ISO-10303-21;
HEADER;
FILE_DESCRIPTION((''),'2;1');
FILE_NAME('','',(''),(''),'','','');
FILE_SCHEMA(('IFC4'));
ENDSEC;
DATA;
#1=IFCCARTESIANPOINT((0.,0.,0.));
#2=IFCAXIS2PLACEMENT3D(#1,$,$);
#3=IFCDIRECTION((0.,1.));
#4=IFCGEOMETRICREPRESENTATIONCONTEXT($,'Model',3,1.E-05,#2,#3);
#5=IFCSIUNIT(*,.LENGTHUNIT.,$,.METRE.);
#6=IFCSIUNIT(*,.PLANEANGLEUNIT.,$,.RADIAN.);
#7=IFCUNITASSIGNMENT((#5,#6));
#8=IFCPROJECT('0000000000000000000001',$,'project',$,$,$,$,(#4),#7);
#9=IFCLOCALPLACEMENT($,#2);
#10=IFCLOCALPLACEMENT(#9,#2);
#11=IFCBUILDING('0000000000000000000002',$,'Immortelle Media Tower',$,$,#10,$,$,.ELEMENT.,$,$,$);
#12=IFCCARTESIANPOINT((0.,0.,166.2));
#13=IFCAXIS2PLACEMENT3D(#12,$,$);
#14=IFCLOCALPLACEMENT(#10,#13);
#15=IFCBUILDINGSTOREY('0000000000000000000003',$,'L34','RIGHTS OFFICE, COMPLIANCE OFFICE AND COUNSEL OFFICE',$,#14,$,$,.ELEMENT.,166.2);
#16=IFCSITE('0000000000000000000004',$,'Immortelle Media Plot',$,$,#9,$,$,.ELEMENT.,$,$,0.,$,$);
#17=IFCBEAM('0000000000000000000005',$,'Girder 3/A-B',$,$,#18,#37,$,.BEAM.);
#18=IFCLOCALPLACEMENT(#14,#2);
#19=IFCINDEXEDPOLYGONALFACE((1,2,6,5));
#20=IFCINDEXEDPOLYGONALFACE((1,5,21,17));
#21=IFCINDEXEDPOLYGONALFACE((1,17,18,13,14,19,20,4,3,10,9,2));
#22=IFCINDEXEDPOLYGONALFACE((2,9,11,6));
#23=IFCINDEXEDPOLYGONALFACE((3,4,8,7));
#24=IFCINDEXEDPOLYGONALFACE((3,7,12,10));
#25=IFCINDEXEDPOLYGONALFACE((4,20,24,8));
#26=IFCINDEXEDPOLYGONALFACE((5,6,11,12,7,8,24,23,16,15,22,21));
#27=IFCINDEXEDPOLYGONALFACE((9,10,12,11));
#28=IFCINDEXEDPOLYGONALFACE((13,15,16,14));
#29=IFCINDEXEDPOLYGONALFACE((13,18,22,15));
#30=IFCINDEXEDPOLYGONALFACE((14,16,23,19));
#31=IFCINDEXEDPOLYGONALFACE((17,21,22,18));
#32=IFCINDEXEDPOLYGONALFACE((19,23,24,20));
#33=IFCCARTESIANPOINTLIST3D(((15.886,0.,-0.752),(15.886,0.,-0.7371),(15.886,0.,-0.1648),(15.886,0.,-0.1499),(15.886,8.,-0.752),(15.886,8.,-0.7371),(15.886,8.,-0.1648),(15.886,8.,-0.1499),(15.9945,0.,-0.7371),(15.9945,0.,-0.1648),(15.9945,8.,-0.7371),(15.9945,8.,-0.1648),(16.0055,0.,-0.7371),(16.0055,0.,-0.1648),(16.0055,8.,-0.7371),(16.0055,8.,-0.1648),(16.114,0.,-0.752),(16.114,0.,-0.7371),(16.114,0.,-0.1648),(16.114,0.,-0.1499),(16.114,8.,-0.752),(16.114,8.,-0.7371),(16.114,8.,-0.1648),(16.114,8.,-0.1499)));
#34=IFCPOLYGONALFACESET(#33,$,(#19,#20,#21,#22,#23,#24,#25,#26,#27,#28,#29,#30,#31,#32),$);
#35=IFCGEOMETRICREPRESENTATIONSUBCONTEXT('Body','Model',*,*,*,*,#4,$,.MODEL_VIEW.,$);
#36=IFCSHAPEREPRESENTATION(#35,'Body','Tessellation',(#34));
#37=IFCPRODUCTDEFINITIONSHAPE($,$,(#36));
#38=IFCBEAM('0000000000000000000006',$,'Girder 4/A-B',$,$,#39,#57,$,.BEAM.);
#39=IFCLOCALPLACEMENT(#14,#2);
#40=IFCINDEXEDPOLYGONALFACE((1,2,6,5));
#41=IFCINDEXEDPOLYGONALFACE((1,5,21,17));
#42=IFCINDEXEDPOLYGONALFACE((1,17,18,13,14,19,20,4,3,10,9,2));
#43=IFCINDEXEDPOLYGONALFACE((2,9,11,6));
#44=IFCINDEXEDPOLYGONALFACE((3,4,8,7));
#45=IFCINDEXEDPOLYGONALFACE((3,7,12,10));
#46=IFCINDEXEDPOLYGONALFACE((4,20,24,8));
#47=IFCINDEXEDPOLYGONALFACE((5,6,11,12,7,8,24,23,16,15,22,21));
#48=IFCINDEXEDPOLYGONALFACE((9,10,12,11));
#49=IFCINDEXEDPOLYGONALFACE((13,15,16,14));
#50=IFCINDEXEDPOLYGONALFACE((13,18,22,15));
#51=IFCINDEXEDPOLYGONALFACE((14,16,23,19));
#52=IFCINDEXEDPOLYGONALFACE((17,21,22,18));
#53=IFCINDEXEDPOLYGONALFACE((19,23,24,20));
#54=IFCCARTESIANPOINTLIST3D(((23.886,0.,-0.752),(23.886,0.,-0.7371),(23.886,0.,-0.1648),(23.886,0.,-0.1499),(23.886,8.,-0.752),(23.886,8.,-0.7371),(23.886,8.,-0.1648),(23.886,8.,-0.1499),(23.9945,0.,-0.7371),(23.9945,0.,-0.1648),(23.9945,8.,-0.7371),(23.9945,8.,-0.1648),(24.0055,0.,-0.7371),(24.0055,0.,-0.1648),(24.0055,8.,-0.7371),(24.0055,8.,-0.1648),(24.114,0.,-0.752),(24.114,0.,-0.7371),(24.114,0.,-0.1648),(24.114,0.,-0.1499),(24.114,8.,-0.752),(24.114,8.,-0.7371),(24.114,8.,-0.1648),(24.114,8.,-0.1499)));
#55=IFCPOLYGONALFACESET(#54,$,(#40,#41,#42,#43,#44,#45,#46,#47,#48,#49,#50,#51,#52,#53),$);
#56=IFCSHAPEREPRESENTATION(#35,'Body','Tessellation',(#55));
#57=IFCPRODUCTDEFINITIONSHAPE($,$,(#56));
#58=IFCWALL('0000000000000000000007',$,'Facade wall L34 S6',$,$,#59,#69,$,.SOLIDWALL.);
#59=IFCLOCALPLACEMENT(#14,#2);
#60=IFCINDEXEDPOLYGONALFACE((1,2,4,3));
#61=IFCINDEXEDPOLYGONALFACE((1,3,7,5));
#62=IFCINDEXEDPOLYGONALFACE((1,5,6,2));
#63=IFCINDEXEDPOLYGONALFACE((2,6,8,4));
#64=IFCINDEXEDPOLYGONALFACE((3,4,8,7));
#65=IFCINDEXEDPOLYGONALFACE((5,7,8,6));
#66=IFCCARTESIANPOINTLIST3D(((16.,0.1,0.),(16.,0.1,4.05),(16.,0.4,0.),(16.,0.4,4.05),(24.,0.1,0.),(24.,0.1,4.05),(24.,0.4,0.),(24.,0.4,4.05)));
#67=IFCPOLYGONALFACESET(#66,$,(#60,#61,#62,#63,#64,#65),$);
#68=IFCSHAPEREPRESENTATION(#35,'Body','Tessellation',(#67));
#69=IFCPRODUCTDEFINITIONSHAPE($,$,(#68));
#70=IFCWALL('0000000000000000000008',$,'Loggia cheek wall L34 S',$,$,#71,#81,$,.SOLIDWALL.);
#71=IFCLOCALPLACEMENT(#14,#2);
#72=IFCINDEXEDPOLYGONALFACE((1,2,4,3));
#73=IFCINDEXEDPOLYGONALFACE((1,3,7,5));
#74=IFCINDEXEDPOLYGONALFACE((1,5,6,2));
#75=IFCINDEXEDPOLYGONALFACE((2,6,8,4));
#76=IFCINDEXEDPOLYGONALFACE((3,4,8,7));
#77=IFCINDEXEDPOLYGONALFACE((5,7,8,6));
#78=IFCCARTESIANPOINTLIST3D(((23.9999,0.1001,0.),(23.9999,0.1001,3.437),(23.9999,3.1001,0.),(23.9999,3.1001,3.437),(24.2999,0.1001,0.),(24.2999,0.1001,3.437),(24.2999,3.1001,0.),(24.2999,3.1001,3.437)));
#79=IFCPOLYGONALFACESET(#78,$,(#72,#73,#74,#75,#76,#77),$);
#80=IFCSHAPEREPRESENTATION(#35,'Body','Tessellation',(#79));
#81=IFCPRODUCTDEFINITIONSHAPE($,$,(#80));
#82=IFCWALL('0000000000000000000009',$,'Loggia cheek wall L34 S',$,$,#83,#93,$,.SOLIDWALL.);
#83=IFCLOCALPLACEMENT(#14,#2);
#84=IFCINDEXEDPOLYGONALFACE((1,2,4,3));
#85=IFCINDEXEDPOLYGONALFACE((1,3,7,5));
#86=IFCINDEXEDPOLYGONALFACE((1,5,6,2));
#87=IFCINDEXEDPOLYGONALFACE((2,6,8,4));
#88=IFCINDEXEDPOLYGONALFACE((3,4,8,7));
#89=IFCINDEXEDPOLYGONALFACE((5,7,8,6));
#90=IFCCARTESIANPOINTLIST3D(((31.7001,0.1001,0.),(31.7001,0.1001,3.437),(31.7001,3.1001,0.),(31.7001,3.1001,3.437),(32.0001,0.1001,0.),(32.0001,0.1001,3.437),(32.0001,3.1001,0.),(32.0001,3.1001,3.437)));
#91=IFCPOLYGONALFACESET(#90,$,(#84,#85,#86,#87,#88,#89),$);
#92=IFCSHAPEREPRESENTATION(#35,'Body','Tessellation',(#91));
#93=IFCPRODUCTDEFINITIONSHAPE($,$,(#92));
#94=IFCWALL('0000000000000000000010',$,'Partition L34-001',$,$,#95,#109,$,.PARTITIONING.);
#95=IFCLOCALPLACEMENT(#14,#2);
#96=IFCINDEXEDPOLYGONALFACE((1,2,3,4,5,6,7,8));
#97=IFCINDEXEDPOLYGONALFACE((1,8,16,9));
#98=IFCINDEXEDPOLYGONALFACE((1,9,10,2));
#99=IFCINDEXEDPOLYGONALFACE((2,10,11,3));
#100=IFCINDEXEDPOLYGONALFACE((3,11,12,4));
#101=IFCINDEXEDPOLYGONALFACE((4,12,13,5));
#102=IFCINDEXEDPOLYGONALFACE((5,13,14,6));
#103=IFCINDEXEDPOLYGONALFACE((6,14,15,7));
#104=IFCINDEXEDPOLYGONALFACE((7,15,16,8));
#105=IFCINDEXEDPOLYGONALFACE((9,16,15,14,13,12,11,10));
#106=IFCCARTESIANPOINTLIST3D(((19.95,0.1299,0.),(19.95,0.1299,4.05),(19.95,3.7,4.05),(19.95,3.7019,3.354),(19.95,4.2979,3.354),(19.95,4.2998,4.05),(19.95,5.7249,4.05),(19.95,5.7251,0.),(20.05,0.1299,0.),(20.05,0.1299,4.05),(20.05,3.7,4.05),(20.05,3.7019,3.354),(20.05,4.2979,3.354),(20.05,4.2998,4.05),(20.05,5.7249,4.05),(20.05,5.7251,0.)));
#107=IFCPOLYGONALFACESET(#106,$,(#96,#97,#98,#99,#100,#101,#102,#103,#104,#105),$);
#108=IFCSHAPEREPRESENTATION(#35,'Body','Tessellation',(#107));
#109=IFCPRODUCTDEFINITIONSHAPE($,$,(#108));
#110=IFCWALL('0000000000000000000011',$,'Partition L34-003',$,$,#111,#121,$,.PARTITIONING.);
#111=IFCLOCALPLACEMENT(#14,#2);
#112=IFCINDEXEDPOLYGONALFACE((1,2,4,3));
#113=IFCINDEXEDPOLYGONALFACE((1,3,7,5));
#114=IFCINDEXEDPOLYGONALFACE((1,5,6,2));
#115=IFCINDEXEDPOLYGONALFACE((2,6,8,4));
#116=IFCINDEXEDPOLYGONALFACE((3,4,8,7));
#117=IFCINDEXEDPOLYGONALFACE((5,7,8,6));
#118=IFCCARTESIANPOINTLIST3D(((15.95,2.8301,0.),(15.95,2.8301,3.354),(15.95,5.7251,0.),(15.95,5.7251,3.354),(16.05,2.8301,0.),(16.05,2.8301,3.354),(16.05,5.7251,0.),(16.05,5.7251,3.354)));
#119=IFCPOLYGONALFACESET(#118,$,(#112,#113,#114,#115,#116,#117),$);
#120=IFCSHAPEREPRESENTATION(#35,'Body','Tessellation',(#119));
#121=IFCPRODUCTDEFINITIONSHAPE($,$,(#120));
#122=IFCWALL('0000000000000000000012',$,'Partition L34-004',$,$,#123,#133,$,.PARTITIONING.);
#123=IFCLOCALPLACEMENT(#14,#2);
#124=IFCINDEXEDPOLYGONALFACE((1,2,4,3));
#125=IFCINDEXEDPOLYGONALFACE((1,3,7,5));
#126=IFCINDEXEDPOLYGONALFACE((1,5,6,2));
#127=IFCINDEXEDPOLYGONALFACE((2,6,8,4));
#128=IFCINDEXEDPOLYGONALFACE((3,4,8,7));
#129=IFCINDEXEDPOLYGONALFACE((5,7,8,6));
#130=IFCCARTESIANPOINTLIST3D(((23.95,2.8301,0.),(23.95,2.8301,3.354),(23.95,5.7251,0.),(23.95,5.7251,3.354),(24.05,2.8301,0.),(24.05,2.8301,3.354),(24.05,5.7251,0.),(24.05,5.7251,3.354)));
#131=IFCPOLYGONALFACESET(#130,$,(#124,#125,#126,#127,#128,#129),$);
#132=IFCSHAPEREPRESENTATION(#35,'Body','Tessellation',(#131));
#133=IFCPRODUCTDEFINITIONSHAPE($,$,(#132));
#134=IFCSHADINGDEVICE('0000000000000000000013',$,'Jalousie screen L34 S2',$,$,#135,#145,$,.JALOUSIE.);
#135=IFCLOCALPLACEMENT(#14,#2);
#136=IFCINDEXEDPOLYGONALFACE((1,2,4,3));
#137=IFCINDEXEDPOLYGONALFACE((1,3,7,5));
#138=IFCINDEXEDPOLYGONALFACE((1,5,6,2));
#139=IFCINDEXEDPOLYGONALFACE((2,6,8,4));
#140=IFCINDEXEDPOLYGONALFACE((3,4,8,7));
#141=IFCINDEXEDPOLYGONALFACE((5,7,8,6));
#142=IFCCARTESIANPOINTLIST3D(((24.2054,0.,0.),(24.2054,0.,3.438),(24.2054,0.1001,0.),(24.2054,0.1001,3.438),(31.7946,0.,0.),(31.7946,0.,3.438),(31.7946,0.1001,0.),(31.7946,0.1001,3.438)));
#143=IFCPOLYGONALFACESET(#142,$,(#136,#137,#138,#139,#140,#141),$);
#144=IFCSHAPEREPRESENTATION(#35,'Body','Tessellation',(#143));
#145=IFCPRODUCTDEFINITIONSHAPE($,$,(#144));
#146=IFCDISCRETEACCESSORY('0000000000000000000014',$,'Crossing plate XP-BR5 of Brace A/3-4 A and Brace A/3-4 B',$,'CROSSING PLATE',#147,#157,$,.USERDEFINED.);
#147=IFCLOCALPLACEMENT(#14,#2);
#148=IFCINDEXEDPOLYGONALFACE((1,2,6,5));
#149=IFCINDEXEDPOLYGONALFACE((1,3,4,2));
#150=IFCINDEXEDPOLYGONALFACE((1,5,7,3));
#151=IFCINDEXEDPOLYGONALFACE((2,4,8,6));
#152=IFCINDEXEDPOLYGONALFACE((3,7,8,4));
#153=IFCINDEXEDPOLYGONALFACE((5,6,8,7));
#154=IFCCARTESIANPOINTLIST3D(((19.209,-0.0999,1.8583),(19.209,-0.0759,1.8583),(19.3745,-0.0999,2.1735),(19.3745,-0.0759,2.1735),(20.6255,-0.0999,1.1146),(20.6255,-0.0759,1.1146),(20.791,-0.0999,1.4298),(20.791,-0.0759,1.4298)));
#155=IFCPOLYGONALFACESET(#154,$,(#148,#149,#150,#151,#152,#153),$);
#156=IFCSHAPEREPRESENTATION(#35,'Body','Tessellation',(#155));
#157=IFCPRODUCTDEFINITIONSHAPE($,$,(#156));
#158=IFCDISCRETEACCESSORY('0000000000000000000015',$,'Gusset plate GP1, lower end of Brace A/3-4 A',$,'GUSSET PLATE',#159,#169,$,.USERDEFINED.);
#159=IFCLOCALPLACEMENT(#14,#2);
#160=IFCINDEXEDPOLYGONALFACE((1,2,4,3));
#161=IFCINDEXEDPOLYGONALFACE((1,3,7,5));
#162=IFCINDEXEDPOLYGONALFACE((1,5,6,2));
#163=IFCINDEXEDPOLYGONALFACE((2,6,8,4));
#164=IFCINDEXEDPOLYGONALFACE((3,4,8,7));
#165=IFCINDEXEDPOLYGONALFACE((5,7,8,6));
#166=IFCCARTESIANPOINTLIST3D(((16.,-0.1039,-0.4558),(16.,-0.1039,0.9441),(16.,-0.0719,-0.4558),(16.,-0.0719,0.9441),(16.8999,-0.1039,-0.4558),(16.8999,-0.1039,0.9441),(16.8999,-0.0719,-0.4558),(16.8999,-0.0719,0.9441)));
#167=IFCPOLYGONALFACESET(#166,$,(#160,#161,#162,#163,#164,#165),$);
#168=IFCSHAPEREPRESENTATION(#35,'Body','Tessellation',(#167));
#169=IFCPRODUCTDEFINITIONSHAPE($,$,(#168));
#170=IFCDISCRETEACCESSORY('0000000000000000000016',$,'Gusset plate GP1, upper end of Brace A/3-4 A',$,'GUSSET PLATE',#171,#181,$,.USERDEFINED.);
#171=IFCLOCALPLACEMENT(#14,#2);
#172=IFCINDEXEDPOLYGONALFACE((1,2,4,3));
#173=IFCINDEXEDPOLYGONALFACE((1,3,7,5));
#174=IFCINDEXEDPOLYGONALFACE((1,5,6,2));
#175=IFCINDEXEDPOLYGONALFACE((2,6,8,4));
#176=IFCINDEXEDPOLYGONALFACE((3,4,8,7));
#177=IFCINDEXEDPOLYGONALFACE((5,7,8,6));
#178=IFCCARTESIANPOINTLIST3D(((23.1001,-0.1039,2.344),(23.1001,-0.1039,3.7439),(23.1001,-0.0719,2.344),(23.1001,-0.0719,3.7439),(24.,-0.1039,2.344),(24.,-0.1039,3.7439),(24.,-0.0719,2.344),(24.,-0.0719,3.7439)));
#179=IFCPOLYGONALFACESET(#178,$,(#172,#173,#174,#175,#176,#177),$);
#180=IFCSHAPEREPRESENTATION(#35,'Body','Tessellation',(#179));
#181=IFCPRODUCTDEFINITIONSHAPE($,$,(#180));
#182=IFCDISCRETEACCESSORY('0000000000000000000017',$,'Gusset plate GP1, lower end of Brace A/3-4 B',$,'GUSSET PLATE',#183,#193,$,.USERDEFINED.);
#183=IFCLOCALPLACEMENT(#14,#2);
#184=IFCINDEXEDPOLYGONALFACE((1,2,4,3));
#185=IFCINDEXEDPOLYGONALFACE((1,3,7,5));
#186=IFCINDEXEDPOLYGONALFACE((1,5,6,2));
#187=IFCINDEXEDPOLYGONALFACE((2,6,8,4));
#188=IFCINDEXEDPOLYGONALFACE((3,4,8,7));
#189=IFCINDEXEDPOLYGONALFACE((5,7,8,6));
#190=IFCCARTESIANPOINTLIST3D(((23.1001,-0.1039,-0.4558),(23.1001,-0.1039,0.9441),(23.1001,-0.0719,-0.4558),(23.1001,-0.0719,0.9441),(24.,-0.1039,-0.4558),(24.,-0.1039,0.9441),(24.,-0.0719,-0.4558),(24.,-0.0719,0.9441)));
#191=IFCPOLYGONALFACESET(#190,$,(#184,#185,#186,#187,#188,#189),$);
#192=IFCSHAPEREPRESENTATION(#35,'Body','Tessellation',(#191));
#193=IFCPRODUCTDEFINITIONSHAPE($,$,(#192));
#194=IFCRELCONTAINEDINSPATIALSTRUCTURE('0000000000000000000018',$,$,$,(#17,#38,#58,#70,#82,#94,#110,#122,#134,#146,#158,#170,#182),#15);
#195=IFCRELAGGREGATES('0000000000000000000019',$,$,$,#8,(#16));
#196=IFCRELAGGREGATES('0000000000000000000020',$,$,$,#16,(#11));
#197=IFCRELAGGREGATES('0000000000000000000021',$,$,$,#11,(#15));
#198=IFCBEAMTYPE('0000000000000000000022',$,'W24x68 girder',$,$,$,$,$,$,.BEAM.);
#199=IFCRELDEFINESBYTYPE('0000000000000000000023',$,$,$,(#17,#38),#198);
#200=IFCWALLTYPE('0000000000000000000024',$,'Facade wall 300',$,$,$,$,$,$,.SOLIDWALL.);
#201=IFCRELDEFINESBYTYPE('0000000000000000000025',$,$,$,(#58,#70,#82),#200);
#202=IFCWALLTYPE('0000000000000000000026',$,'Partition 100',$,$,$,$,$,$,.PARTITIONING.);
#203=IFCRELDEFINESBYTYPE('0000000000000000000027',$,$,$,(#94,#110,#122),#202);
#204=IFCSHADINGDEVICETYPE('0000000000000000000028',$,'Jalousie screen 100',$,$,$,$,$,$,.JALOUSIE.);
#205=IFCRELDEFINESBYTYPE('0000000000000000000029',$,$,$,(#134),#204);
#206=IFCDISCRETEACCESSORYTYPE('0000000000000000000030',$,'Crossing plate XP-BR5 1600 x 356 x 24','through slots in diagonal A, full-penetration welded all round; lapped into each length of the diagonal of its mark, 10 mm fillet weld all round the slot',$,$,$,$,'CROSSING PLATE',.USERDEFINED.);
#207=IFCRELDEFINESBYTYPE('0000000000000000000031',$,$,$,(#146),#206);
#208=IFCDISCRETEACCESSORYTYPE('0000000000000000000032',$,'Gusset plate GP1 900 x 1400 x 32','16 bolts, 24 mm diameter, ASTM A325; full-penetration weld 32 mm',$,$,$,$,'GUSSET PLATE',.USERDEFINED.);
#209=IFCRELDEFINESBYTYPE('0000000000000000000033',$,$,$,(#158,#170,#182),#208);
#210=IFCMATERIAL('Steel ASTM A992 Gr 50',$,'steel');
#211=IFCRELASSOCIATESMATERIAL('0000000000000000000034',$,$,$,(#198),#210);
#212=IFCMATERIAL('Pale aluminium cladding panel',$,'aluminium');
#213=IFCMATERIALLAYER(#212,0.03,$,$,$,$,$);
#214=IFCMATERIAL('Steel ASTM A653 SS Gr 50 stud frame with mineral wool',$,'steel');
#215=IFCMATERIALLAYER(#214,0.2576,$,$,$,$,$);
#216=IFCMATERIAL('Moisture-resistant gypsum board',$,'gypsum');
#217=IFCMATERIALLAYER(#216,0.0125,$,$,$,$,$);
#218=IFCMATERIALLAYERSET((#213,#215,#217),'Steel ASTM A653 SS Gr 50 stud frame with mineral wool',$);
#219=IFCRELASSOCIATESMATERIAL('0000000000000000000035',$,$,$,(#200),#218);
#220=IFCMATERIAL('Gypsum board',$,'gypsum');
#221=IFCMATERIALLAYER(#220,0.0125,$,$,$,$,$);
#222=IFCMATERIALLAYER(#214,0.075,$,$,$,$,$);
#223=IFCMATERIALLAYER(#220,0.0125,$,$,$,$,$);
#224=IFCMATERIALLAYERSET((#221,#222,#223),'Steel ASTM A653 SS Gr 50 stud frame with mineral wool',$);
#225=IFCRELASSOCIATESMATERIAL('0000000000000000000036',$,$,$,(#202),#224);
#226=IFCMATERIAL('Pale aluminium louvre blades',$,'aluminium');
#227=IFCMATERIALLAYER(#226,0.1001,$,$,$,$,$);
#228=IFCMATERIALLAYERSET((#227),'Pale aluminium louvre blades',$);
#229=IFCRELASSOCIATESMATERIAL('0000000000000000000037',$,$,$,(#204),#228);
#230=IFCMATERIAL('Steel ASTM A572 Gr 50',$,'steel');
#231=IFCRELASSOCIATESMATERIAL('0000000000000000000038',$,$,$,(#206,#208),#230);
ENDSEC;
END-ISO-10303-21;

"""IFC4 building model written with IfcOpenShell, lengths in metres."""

from ifc_helpers import new_model, si_unit, direction, frame, frame_2d, origin, origin_2d, place, context, subcontext, project, spatial, polyline, rectangle, i_section, outline, extrude, material, layer, layer_set, material_profile, profile_set, type_object, element, save


model = new_model("IFC4")

# Units and contexts
model_context = context("Model", 3, precision=1e-05, world=origin(), true_north=direction((0.0, 1.0)))
body_context = subcontext(model_context, "Body", "Model", "MODEL_VIEW")
ifc_project = project(units=[si_unit("LENGTHUNIT", "METRE"), si_unit("PLANEANGLEUNIT", "RADIAN")], contexts=[model_context])

# Site, building, storey
site_placement = place(None, origin())
site = spatial("IfcSite", under=ifc_project, at=site_placement, Name="Immortelle Media Plot", CompositionType="ELEMENT", RefElevation=0.0)
building_placement = place(site_placement, origin())
building = spatial("IfcBuilding", under=site, at=building_placement, Name="Immortelle Media Tower", CompositionType="ELEMENT")
storey_placement = place(building_placement, frame((0.0, 0.0, 166.2)))
storey = spatial("IfcBuildingStorey", under=building, at=storey_placement, Name="L34", Description="RIGHTS OFFICE, COMPLIANCE OFFICE AND COUNSEL OFFICE", CompositionType="ELEMENT", Elevation=166.2)

# Shared definitions
ifc_material_1 = material(Name="Steel ASTM A992 Gr 50", Category="steel")

# Beams
ifc_material_profile_1 = material_profile(ifc_material_1, i_section(OverallWidth=0.228, OverallDepth=0.6021, WebThickness=0.011, FlangeThickness=0.0149, at=origin_2d()), Name="W24x68")
ifc_profile_set_1 = profile_set([ifc_material_profile_1], Name="Steel ASTM A992 Gr 50")
beam_type_1 = type_object("IfcBeamType", Name="W24x68 girder", PredefinedType="BEAM", material=ifc_profile_set_1)
for number, where, z_axis, x_axis, name in (
    (1, (16.0, 0.0, -0.4509), (0.0, 1.0, 0.0), (-1.0, 0.0, 0.0), "Girder 3/A-B"),
    (2, (24.0, 0.0, -0.4509), (0.0, 1.0, 0.0), (-1.0, 0.0, 0.0), "Girder 4/A-B"),
):
    element("IfcBeam", number, at=place(storey_placement, frame(where, z_axis=z_axis, x_axis=x_axis)), inside=storey, type_object=beam_type_1, Name=name, PredefinedType="BEAM", context=body_context, shape_type="SweptSolid", body=[
        extrude(i_section(OverallWidth=0.228, OverallDepth=0.6021, WebThickness=0.011, FlangeThickness=0.0149, at=origin_2d()), origin(), (0.0, 0.0, 1.0), 8.0),
    ])

# Wall
ifc_material_2 = material(Name="Pale aluminium cladding panel", Category="aluminium")
ifc_layer_1 = layer(ifc_material_2, 0.03)
ifc_material_3 = material(Name="Steel ASTM A653 SS Gr 50 stud frame with mineral wool", Category="steel")
ifc_layer_2 = layer(ifc_material_3, 0.2576)
ifc_material_4 = material(Name="Moisture-resistant gypsum board", Category="gypsum")
ifc_layer_3 = layer(ifc_material_4, 0.0125)
ifc_layer_set_1 = layer_set([ifc_layer_1, ifc_layer_2, ifc_layer_3], Name="Steel ASTM A653 SS Gr 50 stud frame with mineral wool")
wall_type_1 = type_object("IfcWallType", Name="Facade wall 300", PredefinedType="SOLIDWALL", material=ifc_layer_set_1)
wall_1_placement = place(storey_placement, frame((16.0, 0.25, 0.0), z_axis=(0.0, 0.0, 1.0), x_axis=(1.0, 0.0, 0.0)))
element("IfcWall", 3, at=wall_1_placement, inside=storey, type_object=wall_type_1, Name="Facade wall L34 S6", PredefinedType="SOLIDWALL", context=body_context, shape_type="SweptSolid", body=[
    extrude(rectangle(XDim=8.0, YDim=0.3, at=frame_2d((4.0, 0.0))), origin(), (0.0, 0.0, 1.0), 4.05),
])

# Walls
for number, where, z_axis, x_axis, name in (
    (4, (24.1499, 0.1001, 0.0), (0.0, 0.0, 1.0), (0.0, 1.0, 0.0), "Loggia cheek wall L34 S"),
    (5, (31.8501, 0.1001, 0.0), (0.0, 0.0, 1.0), (0.0, 1.0, 0.0), "Loggia cheek wall L34 S"),
):
    element("IfcWall", number, at=place(storey_placement, frame(where, z_axis=z_axis, x_axis=x_axis)), inside=storey, type_object=wall_type_1, Name=name, PredefinedType="SOLIDWALL", context=body_context, shape_type="SweptSolid", body=[
        extrude(rectangle(XDim=3.0, YDim=0.3, at=frame_2d((1.5, 0.0))), origin(), (0.0, 0.0, 1.0), 3.437),
    ])
ifc_material_5 = material(Name="Gypsum board", Category="gypsum")
ifc_layer_4 = layer(ifc_material_5, 0.0125)
ifc_layer_5 = layer(ifc_material_3, 0.075)
ifc_layer_6 = layer(ifc_material_5, 0.0125)
ifc_layer_set_2 = layer_set([ifc_layer_4, ifc_layer_5, ifc_layer_6], Name="Steel ASTM A653 SS Gr 50 stud frame with mineral wool")
wall_type_2 = type_object("IfcWallType", Name="Partition 100", PredefinedType="PARTITIONING", material=ifc_layer_set_2)
wall_2_placement = place(storey_placement, frame((20.0, 0.1299, 0.0), z_axis=(0.0, 0.0, 1.0), x_axis=(0.0, 1.0, 0.0)))
element("IfcWall", 6, at=wall_2_placement, inside=storey, type_object=wall_type_2, Name="Partition L34-001", PredefinedType="PARTITIONING", context=body_context, shape_type="SweptSolid", body=[
    extrude(outline(polyline([(0.0, 0.0), (5.5952, 0.0), (5.595, 4.05), (4.1699, 4.05), (4.168, 3.354), (3.572, 3.354), (3.5701, 4.05), (0.0, 4.05), (0.0, 0.0)])), frame((0.0, 0.05, 0.0), z_axis=(0.0, -1.0, 0.0), x_axis=(1.0, 0.0, 0.0)), (0.0, 0.0, 1.0), 0.1001),
])
for number, where, z_axis, x_axis, name in (
    (7, (16.0, 2.8301, 0.0), (0.0, 0.0, 1.0), (0.0, 1.0, 0.0), "Partition L34-003"),
    (8, (24.0, 2.8301, 0.0), (0.0, 0.0, 1.0), (0.0, 1.0, 0.0), "Partition L34-004"),
):
    element("IfcWall", number, at=place(storey_placement, frame(where, z_axis=z_axis, x_axis=x_axis)), inside=storey, type_object=wall_type_2, Name=name, PredefinedType="PARTITIONING", context=body_context, shape_type="SweptSolid", body=[
        extrude(rectangle(XDim=2.895, YDim=0.1001, at=frame_2d((1.4475, 0.0))), origin(), (0.0, 0.0, 1.0), 3.354),
    ])

# Shading device
ifc_material_6 = material(Name="Pale aluminium louvre blades", Category="aluminium")
ifc_layer_7 = layer(ifc_material_6, 0.1001)
ifc_layer_set_3 = layer_set([ifc_layer_7], Name="Pale aluminium louvre blades")
shading_device_type = type_object("IfcShadingDeviceType", Name="Jalousie screen 100", PredefinedType="JALOUSIE", material=ifc_layer_set_3)
shading_device_placement = place(storey_placement, frame((28.0, 0.05, 0.0), z_axis=(0.0, 0.0, 1.0), x_axis=(1.0, 0.0, 0.0)))
element("IfcShadingDevice", 9, at=shading_device_placement, inside=storey, type_object=shading_device_type, Name="Jalousie screen L34 S2", PredefinedType="JALOUSIE", context=body_context, shape_type="SweptSolid", body=[
    extrude(rectangle(XDim=7.5891, YDim=0.1001, at=origin_2d()), origin(), (0.0, 0.0, 1.0), 3.438),
])

# Discrete accessories
ifc_material_7 = material(Name="Steel ASTM A572 Gr 50", Category="steel")
ifc_material_profile_2 = material_profile(ifc_material_7, rectangle(XDim=0.0239, YDim=0.356, at=origin_2d()), Name="PL 24 x 356")
ifc_profile_set_2 = profile_set([ifc_material_profile_2], Name="Steel ASTM A572 Gr 50")
discrete_accessory_type_1 = type_object("IfcDiscreteAccessoryType", Name="Crossing plate XP-BR5 1600 x 356 x 24", Description="through slots in diagonal A, full-penetration welded all round; lapped into each length of the diagonal of its mark, 10 mm fillet weld all round the slot", ElementType="CROSSING PLATE", PredefinedType="USERDEFINED", material=ifc_profile_set_2)
discrete_accessory_placement = place(storey_placement, frame((19.2917, -0.0879, 2.0159), z_axis=(0.885401, 0.0, -0.464828), x_axis=(0.0, 1.0, 0.0)))
element("IfcDiscreteAccessory", 10, at=discrete_accessory_placement, inside=storey, type_object=discrete_accessory_type_1, Name="Crossing plate XP-BR5 of Brace A/3-4 A and Brace A/3-4 B", ObjectType="CROSSING PLATE", PredefinedType="USERDEFINED", context=body_context, shape_type="SweptSolid", body=[
    extrude(rectangle(XDim=0.0239, YDim=0.356, at=origin_2d()), origin(), (0.0, 0.0, 1.0), 1.5999),
])
ifc_material_profile_3 = material_profile(ifc_material_7, rectangle(XDim=0.032, YDim=1.3999, at=origin_2d()), Name="PL 32 x 1400")
ifc_profile_set_3 = profile_set([ifc_material_profile_3], Name="Steel ASTM A572 Gr 50")
discrete_accessory_type_2 = type_object("IfcDiscreteAccessoryType", Name="Gusset plate GP1 900 x 1400 x 32", Description="16 bolts, 24 mm diameter, ASTM A325; full-penetration weld 32 mm", ElementType="GUSSET PLATE", PredefinedType="USERDEFINED", material=ifc_profile_set_3)
for number, where, z_axis, x_axis, name in (
    (11, (16.0, -0.0879, 0.2441), (1.0, 0.0, 0.0), (0.0, 1.0, 0.0), "Gusset plate GP1, lower end of Brace A/3-4 A"),
    (12, (24.0, -0.0879, 3.0439), (-1.0, 0.0, 0.0), (0.0, -1.0, 0.0), "Gusset plate GP1, upper end of Brace A/3-4 A"),
    (13, (24.0, -0.0879, 0.2441), (-1.0, 0.0, 0.0), (0.0, -1.0, 0.0), "Gusset plate GP1, lower end of Brace A/3-4 B"),
):
    element("IfcDiscreteAccessory", number, at=place(storey_placement, frame(where, z_axis=z_axis, x_axis=x_axis)), inside=storey, type_object=discrete_accessory_type_2, Name=name, ObjectType="GUSSET PLATE", PredefinedType="USERDEFINED", context=body_context, shape_type="SweptSolid", body=[
        extrude(rectangle(XDim=0.032, YDim=1.3999, at=origin_2d()), origin(), (0.0, 0.0, 1.0), 0.8999),
    ])

save(model, "model.ifc")
